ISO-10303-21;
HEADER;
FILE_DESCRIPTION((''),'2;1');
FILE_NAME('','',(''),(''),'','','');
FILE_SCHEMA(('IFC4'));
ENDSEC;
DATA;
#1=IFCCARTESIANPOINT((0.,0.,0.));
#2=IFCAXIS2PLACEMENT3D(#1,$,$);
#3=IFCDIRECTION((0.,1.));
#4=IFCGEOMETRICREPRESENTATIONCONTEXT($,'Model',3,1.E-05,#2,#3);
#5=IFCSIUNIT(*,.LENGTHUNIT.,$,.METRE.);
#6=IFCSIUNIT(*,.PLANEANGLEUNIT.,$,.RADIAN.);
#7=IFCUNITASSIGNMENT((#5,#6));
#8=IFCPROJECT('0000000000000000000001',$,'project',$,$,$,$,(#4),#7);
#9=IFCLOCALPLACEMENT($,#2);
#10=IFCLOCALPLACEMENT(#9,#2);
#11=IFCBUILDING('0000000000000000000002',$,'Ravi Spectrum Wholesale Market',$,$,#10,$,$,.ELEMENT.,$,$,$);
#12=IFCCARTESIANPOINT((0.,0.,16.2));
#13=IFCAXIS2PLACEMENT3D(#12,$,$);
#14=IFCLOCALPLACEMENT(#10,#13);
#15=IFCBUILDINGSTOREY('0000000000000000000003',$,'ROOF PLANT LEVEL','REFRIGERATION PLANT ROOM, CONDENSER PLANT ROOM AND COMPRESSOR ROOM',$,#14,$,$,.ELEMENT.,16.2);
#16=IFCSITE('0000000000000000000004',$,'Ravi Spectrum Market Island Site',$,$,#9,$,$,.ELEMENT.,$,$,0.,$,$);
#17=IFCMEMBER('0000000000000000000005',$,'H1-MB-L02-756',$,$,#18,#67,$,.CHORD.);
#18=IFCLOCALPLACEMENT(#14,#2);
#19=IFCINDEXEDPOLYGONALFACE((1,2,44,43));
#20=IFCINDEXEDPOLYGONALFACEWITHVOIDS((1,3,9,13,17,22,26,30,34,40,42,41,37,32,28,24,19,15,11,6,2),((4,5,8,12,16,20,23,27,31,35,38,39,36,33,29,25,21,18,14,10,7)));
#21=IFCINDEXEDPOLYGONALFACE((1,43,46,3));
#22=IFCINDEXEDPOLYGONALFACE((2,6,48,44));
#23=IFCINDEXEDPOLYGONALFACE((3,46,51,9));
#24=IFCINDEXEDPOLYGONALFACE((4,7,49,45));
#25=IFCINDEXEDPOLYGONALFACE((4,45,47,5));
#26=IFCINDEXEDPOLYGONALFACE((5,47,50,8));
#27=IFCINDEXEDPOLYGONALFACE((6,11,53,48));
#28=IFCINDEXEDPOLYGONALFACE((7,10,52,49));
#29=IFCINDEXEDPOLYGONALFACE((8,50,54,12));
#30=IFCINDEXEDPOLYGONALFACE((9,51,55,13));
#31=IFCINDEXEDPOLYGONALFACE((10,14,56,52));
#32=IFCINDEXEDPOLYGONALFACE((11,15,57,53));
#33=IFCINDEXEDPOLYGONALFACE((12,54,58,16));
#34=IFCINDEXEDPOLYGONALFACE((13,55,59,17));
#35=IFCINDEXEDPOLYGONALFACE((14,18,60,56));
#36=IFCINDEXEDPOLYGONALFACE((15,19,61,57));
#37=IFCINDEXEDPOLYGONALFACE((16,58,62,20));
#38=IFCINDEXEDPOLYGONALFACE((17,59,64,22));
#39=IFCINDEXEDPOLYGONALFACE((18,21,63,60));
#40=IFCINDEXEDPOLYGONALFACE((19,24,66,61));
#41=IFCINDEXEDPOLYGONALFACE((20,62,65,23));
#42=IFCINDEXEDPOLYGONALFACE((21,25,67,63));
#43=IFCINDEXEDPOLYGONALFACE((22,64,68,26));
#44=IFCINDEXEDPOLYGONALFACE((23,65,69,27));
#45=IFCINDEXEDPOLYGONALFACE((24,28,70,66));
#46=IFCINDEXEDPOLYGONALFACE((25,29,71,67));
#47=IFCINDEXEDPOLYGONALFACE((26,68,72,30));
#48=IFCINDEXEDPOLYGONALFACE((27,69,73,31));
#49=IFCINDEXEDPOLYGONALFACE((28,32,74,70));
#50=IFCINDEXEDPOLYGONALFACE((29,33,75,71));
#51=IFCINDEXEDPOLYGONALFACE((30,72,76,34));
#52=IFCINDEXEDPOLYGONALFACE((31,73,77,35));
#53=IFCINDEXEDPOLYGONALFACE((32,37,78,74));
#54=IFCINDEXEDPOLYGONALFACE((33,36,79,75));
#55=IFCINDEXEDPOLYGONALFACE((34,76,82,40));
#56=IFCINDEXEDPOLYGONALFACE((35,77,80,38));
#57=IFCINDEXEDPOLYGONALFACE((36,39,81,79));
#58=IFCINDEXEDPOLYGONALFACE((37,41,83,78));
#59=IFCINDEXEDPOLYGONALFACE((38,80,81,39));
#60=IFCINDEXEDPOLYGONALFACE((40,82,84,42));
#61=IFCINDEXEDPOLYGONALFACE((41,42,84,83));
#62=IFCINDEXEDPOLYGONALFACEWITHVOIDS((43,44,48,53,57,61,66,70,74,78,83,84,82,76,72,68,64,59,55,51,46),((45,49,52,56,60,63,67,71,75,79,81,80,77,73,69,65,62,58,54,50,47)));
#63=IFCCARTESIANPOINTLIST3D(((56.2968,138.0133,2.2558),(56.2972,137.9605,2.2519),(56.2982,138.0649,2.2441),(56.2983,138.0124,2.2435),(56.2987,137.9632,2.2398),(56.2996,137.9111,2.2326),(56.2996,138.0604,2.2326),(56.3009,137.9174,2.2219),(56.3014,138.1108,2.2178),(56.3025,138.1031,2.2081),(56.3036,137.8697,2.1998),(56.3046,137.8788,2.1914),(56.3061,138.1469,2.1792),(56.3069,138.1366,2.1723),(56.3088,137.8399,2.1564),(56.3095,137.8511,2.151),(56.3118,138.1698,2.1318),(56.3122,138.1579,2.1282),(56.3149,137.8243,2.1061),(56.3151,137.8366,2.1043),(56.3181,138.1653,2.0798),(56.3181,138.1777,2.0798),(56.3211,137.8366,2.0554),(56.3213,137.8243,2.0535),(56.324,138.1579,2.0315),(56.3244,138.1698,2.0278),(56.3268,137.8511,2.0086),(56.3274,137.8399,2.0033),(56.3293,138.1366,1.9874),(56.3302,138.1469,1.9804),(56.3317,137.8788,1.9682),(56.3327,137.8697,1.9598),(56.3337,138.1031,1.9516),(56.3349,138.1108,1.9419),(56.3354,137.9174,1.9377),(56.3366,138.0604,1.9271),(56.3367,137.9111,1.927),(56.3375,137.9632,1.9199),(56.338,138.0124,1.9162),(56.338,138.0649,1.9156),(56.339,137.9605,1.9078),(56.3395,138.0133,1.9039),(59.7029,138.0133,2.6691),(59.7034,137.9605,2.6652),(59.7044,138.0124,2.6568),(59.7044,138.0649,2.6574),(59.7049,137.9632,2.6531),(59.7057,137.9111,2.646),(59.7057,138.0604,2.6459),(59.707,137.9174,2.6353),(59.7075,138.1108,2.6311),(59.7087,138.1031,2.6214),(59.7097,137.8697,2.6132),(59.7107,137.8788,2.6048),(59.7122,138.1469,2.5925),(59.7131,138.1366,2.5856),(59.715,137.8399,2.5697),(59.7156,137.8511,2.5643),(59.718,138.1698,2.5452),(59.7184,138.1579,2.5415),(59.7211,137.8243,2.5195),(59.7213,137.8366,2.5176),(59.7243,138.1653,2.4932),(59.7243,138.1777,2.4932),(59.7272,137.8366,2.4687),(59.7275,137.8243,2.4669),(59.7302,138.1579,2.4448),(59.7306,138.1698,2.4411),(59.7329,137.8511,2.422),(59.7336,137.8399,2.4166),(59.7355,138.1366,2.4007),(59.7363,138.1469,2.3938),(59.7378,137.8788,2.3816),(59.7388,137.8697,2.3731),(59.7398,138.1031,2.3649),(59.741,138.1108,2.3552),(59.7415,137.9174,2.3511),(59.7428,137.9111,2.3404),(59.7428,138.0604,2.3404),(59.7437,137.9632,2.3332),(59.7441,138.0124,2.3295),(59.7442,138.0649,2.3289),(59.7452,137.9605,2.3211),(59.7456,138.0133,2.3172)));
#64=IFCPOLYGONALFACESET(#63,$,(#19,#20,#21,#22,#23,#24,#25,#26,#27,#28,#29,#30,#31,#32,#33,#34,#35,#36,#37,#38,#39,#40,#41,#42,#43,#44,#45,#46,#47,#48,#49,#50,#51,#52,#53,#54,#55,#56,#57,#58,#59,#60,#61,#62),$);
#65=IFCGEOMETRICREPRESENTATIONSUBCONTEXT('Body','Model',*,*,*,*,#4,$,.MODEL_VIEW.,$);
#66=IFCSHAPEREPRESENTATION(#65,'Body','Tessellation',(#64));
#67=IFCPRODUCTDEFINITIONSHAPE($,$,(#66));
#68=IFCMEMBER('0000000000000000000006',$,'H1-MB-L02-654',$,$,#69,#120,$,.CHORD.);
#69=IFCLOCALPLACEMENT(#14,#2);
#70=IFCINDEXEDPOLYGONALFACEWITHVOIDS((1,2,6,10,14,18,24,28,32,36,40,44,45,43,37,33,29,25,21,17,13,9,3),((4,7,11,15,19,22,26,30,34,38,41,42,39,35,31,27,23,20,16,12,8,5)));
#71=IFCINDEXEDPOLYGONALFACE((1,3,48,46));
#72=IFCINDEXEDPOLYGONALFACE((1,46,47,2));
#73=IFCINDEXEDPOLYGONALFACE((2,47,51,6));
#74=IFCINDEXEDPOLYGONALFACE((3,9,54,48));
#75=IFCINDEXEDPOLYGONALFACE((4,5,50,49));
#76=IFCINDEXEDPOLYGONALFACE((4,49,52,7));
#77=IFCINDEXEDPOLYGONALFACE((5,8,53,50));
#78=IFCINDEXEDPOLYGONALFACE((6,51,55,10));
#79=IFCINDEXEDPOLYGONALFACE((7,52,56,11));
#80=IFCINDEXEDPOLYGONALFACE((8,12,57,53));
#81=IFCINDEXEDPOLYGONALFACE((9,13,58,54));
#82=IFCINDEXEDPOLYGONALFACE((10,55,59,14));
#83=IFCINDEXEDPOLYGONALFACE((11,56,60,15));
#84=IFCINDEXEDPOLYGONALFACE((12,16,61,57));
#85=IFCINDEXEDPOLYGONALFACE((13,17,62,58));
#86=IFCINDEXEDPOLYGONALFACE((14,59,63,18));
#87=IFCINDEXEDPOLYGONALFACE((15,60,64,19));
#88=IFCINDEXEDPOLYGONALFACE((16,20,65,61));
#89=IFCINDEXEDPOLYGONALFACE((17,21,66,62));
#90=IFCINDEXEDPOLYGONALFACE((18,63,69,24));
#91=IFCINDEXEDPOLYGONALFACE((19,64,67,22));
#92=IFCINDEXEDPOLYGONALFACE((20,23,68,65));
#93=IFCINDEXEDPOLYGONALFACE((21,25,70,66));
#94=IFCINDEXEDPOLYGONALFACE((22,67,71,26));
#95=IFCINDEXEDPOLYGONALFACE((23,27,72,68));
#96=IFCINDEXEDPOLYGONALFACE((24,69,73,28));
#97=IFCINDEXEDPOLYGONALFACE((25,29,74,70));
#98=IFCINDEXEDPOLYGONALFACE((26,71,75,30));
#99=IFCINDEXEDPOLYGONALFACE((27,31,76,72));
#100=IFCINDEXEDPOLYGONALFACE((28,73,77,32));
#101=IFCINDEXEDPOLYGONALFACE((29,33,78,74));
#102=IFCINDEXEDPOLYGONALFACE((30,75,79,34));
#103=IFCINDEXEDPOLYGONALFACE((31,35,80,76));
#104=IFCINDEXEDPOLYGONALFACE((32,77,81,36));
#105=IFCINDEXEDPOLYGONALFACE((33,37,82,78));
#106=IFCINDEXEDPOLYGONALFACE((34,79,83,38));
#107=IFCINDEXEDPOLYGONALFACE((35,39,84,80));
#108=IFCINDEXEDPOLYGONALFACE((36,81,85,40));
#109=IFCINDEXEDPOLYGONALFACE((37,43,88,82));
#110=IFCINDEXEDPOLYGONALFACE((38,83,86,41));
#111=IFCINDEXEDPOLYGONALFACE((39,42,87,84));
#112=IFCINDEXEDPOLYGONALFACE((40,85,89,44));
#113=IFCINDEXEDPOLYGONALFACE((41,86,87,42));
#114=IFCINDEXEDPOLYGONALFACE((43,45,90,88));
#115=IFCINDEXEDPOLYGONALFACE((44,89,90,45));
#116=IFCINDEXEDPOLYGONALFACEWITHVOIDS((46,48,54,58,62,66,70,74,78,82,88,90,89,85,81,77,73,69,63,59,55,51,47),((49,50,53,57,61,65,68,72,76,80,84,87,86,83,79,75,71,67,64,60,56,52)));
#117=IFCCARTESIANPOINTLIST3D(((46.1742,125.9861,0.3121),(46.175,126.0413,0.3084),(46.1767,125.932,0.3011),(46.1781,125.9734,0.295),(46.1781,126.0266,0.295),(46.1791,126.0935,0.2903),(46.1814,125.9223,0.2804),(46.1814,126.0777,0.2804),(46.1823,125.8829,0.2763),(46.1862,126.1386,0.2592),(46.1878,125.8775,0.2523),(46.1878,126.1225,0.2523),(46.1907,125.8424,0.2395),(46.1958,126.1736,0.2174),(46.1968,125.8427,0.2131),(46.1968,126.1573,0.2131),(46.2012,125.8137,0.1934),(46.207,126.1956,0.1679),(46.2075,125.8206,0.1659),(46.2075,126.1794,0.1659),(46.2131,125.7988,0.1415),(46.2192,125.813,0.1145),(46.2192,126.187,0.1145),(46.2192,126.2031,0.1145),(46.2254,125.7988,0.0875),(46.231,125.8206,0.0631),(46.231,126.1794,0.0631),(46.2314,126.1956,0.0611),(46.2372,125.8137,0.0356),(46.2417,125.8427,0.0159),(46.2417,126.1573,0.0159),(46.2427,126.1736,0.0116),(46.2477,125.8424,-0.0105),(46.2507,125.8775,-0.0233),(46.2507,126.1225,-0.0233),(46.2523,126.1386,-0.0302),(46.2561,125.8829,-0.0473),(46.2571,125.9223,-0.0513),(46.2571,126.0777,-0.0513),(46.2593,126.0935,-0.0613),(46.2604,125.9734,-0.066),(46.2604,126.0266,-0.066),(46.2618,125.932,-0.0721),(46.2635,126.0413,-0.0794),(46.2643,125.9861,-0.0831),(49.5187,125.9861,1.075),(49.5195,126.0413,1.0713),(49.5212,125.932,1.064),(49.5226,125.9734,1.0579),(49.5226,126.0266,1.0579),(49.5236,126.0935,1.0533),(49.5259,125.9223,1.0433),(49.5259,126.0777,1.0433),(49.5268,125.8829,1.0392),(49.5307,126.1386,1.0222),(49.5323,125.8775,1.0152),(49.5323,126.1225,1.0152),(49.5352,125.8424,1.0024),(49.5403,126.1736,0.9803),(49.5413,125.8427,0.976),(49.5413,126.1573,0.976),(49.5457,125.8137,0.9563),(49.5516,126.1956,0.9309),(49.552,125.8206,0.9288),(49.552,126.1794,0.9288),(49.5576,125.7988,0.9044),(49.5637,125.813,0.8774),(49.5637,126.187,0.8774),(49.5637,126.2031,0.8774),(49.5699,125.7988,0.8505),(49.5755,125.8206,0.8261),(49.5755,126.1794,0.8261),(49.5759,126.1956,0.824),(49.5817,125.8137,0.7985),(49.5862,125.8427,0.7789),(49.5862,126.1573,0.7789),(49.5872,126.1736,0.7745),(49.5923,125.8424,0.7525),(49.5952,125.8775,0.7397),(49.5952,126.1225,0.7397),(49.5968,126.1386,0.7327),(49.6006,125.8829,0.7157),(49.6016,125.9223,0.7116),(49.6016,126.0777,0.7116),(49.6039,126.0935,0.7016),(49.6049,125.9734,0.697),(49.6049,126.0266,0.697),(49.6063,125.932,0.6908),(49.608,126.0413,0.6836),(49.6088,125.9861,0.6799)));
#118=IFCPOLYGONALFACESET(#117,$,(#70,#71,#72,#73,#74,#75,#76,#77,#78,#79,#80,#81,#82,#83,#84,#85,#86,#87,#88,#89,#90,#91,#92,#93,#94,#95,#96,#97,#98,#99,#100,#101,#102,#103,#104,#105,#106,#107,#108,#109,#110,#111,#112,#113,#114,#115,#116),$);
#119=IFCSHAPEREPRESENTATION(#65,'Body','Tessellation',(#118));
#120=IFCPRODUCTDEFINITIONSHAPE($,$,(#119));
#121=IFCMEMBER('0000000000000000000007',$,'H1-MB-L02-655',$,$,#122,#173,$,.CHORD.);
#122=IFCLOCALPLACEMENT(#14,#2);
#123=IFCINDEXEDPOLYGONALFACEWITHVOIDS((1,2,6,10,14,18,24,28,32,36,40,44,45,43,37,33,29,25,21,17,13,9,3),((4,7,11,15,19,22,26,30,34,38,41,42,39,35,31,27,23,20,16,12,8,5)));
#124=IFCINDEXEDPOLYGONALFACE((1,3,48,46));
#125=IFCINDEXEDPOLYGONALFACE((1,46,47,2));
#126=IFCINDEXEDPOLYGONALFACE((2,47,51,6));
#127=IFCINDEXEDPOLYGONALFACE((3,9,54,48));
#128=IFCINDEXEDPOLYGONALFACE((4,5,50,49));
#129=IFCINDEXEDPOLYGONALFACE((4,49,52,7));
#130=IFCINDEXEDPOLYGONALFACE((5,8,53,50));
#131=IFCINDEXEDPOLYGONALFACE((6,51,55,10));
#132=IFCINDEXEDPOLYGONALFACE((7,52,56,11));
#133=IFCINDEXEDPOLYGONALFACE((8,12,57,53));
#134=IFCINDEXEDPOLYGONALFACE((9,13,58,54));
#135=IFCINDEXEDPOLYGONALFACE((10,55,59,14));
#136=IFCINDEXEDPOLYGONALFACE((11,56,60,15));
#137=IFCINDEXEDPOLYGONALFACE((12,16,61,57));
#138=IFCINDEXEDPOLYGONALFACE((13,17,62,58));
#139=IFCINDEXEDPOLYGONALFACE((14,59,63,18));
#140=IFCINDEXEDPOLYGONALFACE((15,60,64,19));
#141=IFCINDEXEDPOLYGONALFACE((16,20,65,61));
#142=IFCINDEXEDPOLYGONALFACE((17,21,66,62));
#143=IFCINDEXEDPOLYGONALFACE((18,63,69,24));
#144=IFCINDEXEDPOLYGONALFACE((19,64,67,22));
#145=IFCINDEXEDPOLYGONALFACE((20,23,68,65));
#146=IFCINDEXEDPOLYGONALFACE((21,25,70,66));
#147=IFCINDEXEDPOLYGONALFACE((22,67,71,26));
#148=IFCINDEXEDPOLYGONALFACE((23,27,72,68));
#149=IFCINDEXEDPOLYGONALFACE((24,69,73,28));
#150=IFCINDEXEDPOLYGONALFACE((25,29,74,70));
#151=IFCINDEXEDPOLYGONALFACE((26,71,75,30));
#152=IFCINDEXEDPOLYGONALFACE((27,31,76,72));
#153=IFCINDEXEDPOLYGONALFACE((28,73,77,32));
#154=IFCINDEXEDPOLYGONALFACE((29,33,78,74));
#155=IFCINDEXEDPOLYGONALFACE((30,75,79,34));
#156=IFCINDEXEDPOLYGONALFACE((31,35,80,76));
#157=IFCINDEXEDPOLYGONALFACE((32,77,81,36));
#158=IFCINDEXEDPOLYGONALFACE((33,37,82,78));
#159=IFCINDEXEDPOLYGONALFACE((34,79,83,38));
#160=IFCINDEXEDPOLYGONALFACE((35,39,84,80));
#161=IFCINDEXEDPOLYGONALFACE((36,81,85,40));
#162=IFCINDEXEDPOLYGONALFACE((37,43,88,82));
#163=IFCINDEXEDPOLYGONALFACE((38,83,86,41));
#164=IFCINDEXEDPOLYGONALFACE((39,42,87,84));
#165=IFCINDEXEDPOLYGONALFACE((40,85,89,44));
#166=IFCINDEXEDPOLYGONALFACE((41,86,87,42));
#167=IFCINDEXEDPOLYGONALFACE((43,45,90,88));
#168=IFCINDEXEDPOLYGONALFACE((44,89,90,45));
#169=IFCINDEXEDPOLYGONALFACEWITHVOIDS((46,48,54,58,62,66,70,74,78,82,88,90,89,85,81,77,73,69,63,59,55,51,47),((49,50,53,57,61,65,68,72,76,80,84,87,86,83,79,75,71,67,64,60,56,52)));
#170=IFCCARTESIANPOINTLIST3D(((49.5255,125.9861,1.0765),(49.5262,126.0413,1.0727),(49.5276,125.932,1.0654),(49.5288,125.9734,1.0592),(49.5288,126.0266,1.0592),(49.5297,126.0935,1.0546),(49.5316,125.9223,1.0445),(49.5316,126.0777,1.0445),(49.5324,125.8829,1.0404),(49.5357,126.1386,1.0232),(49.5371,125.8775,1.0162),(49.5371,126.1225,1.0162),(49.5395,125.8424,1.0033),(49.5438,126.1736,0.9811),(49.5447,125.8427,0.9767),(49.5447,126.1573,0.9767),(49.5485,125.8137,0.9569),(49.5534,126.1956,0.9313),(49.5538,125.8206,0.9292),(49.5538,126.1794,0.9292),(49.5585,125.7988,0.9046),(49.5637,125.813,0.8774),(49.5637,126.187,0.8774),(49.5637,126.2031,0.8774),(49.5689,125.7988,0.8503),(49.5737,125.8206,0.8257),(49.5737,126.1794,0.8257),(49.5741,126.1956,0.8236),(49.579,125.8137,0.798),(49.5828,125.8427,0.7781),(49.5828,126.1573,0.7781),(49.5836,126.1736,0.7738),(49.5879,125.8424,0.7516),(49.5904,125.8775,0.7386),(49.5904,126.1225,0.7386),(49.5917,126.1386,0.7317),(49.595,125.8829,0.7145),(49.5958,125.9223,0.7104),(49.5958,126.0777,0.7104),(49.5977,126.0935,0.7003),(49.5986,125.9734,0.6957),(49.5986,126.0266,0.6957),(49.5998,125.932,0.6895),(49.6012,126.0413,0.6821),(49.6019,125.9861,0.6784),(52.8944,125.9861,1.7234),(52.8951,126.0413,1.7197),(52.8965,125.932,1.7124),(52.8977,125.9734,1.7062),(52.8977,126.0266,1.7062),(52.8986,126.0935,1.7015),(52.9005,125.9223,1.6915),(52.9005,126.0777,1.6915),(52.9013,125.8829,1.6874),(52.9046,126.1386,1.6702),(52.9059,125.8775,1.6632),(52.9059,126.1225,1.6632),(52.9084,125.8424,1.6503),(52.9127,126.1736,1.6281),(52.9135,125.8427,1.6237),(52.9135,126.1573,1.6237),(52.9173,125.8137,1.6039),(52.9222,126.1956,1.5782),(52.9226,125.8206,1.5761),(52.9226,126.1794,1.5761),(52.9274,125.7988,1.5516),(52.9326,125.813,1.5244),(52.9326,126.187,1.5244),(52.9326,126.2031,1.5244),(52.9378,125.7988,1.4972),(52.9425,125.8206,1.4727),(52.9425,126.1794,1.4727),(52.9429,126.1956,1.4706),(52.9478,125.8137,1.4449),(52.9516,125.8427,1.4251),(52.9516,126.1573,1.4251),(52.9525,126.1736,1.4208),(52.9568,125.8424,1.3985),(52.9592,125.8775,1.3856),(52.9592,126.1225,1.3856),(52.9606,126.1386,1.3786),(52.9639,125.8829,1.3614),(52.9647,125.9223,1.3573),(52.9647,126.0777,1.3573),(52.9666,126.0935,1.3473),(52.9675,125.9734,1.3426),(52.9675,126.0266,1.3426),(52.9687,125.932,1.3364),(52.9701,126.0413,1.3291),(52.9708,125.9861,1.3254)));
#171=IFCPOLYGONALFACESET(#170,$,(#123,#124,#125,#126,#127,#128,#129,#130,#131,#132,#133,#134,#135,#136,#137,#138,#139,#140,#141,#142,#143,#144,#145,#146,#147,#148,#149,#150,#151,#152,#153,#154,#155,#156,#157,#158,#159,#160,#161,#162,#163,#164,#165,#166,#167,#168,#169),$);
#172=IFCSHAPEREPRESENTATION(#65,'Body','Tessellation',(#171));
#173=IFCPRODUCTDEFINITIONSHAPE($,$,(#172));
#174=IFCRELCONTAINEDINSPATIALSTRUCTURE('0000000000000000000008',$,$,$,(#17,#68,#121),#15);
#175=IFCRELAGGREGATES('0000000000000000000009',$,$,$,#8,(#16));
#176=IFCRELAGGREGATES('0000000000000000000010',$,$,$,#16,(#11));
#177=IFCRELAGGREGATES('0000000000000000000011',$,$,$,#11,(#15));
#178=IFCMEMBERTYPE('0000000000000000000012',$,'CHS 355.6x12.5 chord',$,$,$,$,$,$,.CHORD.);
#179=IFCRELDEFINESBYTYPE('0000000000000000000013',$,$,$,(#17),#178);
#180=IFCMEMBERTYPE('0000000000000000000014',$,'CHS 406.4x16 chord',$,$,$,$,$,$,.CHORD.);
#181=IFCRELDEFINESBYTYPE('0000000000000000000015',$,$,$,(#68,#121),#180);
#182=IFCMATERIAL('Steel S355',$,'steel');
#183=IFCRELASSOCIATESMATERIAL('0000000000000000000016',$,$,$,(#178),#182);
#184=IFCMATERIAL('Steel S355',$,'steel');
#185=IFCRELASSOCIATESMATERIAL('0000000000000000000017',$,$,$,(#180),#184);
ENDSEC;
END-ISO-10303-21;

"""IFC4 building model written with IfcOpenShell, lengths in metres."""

from ifc_helpers import new_model, si_unit, direction, frame, origin, origin_2d, place, context, subcontext, project, spatial, hollow_circle, extrude, material, material_profile, profile_set, type_object, element, save


model = new_model("IFC4")

# Units and contexts
model_context = context("Model", 3, precision=1e-05, world=origin(), true_north=direction((0.0, 1.0)))
body_context = subcontext(model_context, "Body", "Model", "MODEL_VIEW")
ifc_project = project(units=[si_unit("LENGTHUNIT", "METRE"), si_unit("PLANEANGLEUNIT", "RADIAN")], contexts=[model_context])

# Site, building, storey
site_placement = place(None, origin())
site = spatial("IfcSite", under=ifc_project, at=site_placement, Name="Ravi Spectrum Market Island Site", CompositionType="ELEMENT", RefElevation=0.0)
building_placement = place(site_placement, origin())
building = spatial("IfcBuilding", under=site, at=building_placement, Name="Ravi Spectrum Wholesale Market", CompositionType="ELEMENT")
storey_placement = place(building_placement, frame((0.0, 0.0, 16.2)))
storey = spatial("IfcBuildingStorey", under=building, at=storey_placement, Name="ROOF PLANT LEVEL", Description="REFRIGERATION PLANT ROOM, CONDENSER PLANT ROOM AND COMPRESSOR ROOM", CompositionType="ELEMENT", Elevation=16.2)

# Members
ifc_material_1 = material(Name="Steel S355", Category="steel")
ifc_material_profile_1 = material_profile(ifc_material_1, hollow_circle(Radius=0.1777, WallThickness=0.0125, at=origin_2d()))
ifc_profile_set_1 = profile_set([ifc_material_profile_1], Name="Steel S355")
member_type_1 = type_object("IfcMemberType", Name="CHS 355.6x12.5 chord", PredefinedType="CHORD", material=ifc_profile_set_1)
for number, where, z_axis, x_axis, name in (
    (1, (56.3181, 138.0, 2.0798), (0.992718, 0.0, 0.120461), (0.0, 1.0, 0.0), "H1-MB-L02-756"),
):
    element("IfcMember", number, at=place(storey_placement, frame(where, z_axis=z_axis, x_axis=x_axis)), inside=storey, type_object=member_type_1, Name=name, PredefinedType="CHORD", context=body_context, shape_type="SweptSolid", body=[
        extrude(hollow_circle(Radius=0.1777, WallThickness=0.0125, at=origin_2d()), origin(), (0.0, 0.0, 1.0), 3.4312),
    ])
ifc_material_2 = material(Name="Steel S355", Category="steel")
ifc_material_profile_2 = material_profile(ifc_material_2, hollow_circle(Radius=0.2031, WallThickness=0.0161, at=origin_2d()))
ifc_profile_set_2 = profile_set([ifc_material_profile_2], Name="Steel S355")
member_type_2 = type_object("IfcMemberType", Name="CHS 406.4x16 chord", PredefinedType="CHORD", material=ifc_profile_set_2)
for number, where, z_axis, x_axis, name in (
    (2, (46.2192, 126.0, 0.1145), (0.974954, 0.0, 0.222405), (0.0, 1.0, 0.0), "H1-MB-L02-654"),
    (3, (49.5637, 126.0, 0.8774), (0.982055, 0.0, 0.188597), (0.0, 1.0, 0.0), "H1-MB-L02-655"),
):
    element("IfcMember", number, at=place(storey_placement, frame(where, z_axis=z_axis, x_axis=x_axis)), inside=storey, type_object=member_type_2, Name=name, PredefinedType="CHORD", context=body_context, shape_type="SweptSolid", body=[
        extrude(hollow_circle(Radius=0.2031, WallThickness=0.0161, at=origin_2d()), origin(), (0.0, 0.0, 1.0), 3.4304),
    ])

save(model, "model.ifc")
